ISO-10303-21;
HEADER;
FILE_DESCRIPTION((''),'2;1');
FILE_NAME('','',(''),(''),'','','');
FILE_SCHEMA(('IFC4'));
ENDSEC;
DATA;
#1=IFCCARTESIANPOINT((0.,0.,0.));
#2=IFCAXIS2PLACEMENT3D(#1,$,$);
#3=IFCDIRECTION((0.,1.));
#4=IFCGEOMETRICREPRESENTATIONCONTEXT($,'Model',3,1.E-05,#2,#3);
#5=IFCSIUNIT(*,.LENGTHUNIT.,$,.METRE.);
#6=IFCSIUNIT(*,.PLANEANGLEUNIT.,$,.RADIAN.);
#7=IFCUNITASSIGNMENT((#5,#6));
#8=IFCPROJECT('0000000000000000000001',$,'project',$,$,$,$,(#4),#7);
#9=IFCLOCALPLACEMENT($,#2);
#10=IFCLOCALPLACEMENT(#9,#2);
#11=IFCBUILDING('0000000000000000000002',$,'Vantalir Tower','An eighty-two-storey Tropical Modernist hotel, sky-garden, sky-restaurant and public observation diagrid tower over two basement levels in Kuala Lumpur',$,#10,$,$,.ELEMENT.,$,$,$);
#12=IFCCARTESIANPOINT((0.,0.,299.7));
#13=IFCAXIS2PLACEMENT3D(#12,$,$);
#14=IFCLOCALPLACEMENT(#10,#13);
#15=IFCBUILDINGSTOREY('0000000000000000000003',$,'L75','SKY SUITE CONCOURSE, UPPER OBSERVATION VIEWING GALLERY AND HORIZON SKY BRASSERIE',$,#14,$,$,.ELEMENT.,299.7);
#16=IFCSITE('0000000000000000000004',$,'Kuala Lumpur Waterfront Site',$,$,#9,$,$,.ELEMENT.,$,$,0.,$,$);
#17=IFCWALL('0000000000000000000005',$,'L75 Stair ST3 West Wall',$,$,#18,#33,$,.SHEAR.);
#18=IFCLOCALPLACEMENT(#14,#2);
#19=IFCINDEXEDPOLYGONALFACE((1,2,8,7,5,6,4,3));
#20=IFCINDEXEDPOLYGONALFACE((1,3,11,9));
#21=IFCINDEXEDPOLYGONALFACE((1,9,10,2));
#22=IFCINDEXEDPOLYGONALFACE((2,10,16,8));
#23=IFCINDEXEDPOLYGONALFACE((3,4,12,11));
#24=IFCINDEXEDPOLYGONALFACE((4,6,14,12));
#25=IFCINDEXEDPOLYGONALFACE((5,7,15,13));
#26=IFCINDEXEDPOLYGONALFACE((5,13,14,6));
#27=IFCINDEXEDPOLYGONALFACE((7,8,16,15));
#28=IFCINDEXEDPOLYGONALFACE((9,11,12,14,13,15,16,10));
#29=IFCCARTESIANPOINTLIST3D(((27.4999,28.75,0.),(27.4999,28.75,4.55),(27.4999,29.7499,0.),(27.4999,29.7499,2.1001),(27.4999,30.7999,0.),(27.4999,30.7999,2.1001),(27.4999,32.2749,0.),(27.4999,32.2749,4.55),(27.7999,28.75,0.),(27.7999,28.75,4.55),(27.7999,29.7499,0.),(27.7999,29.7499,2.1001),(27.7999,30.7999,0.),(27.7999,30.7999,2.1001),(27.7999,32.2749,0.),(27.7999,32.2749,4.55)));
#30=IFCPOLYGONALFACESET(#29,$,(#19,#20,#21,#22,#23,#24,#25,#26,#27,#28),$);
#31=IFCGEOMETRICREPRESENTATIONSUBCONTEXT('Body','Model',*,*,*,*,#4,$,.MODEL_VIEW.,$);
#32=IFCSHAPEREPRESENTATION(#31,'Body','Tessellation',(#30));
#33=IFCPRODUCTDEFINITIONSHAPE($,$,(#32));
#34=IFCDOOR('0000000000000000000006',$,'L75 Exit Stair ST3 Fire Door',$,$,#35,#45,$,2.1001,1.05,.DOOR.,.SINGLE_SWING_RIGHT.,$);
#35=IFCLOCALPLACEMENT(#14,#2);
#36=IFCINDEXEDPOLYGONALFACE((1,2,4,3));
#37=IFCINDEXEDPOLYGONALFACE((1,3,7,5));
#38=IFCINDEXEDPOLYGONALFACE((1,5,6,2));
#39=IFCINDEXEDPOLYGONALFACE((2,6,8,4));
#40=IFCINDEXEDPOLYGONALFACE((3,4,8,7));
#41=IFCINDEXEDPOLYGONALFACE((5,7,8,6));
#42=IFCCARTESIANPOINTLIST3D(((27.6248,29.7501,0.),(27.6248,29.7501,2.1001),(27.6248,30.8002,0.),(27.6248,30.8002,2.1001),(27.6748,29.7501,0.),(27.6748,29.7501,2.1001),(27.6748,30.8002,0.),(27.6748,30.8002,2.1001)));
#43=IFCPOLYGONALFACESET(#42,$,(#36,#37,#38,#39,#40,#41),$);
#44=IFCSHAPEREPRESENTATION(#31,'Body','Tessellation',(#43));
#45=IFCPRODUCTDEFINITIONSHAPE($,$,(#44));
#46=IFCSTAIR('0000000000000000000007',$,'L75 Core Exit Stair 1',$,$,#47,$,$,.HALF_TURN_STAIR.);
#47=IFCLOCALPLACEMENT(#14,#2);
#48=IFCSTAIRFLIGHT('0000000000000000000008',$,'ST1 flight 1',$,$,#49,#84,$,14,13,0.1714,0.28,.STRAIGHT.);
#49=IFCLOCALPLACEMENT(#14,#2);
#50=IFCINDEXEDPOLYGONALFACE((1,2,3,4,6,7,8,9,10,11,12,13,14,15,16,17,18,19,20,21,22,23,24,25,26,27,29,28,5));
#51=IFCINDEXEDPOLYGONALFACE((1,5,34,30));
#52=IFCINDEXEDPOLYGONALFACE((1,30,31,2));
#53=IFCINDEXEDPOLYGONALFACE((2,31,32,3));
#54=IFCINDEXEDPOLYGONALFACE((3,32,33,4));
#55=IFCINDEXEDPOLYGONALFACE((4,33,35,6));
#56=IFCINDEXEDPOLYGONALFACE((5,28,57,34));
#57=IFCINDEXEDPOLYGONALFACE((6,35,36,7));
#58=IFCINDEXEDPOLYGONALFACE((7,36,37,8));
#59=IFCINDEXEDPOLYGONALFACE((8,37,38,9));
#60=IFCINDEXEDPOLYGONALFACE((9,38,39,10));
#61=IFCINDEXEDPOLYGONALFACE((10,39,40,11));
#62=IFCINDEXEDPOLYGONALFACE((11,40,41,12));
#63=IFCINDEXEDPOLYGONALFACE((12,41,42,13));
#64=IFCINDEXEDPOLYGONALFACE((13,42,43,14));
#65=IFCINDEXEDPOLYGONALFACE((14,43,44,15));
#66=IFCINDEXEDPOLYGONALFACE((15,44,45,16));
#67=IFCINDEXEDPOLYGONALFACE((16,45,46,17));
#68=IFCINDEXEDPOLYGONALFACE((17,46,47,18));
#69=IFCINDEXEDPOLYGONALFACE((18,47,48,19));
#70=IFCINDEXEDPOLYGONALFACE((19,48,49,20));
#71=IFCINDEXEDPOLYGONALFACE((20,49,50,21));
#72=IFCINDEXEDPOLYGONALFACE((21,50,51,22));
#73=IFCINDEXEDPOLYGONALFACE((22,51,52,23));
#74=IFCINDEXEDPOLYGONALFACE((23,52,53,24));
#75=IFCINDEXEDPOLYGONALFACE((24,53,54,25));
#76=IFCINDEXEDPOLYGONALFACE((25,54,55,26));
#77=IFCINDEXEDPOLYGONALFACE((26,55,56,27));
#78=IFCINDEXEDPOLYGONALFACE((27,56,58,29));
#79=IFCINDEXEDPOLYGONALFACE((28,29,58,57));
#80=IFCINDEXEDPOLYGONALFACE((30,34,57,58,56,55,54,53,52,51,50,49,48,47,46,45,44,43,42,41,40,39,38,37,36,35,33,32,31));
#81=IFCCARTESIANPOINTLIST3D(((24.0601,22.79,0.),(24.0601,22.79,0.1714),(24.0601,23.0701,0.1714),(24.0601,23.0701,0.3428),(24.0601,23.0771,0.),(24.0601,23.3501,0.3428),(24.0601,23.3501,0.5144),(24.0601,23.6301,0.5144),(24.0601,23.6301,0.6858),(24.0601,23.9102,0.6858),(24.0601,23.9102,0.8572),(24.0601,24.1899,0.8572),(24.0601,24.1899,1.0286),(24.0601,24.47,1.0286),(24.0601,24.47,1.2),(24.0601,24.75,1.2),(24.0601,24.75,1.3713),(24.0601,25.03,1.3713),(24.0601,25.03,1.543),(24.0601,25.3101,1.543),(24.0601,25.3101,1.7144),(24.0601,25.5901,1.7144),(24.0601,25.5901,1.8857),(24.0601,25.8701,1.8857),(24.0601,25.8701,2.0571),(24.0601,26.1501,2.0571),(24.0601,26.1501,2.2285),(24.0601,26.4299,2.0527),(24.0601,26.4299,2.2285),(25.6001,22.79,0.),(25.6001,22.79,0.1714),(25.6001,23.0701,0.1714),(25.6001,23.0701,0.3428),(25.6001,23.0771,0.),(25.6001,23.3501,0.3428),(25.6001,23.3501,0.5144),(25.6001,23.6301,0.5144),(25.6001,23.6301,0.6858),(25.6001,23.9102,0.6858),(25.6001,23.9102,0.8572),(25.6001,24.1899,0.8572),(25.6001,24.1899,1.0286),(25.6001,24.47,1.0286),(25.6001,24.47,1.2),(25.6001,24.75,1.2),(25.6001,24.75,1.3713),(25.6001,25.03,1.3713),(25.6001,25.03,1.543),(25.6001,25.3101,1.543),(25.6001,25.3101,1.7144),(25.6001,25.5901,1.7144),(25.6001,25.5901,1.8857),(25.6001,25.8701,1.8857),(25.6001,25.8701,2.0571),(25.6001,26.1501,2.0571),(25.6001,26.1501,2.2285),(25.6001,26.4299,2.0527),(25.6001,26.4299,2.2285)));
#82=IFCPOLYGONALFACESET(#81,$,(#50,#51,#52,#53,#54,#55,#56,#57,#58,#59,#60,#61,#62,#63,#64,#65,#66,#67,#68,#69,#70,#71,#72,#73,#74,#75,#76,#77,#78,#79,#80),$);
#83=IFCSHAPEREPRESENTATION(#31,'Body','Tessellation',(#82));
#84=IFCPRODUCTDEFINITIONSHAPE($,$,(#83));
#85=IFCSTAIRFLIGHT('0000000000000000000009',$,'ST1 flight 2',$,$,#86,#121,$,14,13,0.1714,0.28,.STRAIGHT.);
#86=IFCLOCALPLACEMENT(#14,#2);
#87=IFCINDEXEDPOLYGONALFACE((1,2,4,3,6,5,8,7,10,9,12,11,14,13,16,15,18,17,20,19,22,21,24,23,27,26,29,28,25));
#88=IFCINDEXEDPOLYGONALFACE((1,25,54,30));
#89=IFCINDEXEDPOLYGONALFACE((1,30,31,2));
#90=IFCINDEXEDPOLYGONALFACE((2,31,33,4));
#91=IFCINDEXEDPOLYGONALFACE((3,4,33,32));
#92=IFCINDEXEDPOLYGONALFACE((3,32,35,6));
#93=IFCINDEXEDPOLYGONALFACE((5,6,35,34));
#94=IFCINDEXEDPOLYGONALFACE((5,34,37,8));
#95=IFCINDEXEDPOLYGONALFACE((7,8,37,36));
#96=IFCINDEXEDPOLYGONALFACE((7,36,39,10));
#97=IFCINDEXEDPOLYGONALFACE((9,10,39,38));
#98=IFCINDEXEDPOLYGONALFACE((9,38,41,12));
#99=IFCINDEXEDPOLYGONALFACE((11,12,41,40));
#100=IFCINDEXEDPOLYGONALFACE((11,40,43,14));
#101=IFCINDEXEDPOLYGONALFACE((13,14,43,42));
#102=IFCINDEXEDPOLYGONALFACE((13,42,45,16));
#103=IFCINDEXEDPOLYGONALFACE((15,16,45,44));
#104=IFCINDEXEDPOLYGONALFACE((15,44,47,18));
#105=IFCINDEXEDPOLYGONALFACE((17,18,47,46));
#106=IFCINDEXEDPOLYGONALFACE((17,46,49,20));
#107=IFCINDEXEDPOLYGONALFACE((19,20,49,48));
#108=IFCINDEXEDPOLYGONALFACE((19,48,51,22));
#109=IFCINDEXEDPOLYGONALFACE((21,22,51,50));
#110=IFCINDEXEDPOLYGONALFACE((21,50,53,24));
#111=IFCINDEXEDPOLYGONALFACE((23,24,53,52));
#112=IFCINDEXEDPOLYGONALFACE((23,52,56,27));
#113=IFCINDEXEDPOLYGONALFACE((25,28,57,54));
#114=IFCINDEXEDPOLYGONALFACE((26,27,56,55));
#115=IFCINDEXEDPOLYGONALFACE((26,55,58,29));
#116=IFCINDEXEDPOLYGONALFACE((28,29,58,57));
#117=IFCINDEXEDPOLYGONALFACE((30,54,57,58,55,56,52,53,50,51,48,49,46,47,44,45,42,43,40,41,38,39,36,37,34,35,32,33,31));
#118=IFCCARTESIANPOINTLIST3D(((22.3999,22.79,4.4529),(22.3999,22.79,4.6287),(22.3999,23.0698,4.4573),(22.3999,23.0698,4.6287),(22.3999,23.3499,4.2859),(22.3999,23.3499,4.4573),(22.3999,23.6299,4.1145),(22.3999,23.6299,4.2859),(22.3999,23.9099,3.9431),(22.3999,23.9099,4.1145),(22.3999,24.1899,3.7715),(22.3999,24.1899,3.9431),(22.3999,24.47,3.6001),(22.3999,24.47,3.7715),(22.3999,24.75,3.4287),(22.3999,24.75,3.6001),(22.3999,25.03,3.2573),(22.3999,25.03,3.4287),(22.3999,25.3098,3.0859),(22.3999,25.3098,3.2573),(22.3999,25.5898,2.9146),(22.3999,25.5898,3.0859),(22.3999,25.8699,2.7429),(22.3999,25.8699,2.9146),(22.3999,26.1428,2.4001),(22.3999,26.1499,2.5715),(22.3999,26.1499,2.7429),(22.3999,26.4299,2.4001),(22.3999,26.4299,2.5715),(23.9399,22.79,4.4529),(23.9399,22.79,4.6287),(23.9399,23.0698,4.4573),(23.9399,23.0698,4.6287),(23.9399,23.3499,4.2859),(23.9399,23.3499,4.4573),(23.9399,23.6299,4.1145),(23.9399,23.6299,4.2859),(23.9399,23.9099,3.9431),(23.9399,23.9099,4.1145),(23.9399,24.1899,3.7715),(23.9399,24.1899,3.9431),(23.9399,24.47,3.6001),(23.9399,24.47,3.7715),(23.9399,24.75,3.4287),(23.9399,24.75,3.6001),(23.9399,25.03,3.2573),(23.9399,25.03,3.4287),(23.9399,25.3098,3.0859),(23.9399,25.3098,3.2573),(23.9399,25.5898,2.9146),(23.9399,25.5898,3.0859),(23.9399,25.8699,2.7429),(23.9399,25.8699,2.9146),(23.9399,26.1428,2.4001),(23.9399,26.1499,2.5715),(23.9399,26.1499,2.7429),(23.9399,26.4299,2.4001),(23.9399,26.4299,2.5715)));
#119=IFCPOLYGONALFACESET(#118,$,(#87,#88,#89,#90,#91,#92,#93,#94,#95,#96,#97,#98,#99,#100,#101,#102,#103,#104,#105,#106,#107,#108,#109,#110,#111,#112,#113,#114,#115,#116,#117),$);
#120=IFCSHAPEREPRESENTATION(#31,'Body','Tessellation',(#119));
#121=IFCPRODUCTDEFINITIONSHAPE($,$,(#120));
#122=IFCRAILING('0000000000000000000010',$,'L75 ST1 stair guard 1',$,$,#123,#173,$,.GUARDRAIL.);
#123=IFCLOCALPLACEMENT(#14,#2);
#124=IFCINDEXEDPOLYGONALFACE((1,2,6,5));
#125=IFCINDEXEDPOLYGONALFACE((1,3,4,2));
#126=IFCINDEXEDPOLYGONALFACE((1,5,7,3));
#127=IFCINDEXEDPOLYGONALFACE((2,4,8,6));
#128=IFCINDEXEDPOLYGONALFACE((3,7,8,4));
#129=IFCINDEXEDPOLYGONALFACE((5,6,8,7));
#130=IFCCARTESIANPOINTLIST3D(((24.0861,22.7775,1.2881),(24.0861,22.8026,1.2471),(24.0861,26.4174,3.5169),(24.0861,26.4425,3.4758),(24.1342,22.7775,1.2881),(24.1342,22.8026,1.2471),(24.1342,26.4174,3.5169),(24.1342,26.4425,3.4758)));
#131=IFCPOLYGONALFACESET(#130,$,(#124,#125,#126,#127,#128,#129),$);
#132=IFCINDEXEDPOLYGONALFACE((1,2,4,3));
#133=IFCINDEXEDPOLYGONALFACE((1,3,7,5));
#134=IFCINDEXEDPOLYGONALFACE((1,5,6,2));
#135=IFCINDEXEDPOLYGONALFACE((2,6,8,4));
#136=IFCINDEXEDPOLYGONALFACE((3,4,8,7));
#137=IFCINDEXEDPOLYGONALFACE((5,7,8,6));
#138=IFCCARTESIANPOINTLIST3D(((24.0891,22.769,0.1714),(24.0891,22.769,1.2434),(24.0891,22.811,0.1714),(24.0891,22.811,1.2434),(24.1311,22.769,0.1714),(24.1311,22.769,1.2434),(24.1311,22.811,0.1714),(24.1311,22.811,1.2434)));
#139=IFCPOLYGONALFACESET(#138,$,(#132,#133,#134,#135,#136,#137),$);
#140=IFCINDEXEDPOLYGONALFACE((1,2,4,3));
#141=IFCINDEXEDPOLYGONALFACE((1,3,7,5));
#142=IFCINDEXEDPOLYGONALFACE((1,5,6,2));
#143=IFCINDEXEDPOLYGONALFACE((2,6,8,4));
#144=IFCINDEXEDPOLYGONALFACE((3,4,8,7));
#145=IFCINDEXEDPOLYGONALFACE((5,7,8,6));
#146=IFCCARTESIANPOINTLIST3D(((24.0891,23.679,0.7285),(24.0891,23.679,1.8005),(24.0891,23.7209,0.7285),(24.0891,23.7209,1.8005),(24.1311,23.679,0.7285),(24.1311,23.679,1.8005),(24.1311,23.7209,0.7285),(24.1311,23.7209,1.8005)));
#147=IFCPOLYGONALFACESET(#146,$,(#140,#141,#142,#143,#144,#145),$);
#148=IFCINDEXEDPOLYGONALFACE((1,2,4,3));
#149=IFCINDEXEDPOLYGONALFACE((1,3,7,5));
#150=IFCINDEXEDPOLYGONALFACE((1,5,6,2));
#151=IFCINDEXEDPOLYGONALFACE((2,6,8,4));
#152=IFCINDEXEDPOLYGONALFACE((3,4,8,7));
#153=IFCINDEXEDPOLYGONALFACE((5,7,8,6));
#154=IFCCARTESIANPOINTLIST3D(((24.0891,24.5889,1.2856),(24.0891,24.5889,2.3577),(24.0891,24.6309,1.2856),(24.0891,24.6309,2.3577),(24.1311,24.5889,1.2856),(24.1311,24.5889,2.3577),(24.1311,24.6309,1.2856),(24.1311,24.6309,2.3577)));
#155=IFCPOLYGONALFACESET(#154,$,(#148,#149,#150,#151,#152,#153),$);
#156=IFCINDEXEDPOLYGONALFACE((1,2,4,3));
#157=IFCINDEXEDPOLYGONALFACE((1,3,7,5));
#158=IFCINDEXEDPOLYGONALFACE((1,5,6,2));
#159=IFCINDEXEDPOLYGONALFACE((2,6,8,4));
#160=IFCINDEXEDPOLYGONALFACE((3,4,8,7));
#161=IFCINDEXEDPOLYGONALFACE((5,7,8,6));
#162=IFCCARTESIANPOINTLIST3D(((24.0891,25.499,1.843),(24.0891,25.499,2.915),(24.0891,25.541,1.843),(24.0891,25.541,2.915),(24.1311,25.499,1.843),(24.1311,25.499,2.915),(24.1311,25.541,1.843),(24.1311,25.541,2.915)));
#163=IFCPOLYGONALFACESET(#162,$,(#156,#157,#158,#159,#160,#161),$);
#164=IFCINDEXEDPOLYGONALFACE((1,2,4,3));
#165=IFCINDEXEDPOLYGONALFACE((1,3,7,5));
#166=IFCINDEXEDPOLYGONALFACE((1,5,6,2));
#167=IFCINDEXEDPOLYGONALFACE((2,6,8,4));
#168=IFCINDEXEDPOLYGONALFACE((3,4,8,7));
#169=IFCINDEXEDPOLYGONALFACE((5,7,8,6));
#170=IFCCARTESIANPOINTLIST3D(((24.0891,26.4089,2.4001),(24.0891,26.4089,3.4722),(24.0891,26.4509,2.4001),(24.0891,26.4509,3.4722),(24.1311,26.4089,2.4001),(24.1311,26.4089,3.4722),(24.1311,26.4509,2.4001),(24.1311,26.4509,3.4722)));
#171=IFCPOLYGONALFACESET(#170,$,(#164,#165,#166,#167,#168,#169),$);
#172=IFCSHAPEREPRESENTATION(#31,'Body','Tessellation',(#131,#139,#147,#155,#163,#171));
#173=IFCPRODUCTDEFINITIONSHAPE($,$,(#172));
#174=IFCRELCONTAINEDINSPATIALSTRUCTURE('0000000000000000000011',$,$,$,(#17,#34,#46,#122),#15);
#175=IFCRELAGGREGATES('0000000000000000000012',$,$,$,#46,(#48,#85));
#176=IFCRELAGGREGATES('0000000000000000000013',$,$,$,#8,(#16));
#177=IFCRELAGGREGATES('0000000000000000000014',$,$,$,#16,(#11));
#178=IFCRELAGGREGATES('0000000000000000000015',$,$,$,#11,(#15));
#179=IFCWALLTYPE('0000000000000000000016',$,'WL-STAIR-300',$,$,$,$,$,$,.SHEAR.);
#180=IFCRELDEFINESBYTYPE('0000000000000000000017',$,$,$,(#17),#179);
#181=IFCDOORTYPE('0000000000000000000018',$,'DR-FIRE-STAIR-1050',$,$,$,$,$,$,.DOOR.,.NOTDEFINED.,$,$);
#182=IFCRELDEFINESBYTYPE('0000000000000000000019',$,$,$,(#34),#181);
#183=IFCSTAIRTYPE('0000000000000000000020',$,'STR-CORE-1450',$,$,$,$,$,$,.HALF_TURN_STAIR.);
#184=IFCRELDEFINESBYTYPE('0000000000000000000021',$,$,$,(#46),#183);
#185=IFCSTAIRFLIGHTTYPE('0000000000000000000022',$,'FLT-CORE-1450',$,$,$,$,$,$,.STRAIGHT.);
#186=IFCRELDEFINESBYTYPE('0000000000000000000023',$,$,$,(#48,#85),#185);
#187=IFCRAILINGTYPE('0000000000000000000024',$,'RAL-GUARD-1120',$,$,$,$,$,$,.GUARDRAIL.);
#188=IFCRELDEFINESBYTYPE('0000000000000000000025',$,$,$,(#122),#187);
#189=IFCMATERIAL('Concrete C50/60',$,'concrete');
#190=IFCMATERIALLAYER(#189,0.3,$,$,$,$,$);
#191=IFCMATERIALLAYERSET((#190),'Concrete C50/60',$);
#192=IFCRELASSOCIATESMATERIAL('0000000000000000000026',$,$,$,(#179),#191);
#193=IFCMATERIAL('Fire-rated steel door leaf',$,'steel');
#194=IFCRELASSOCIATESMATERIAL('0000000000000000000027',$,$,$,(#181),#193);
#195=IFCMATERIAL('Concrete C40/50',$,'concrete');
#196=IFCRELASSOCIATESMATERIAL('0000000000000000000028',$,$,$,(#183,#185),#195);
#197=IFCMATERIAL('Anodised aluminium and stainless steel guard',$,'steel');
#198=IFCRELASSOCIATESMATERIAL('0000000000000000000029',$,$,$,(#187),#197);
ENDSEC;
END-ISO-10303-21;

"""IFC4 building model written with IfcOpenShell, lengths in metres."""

from ifc_helpers import new_model, si_unit, direction, frame, frame_2d, origin, origin_2d, place, context, subcontext, project, spatial, polyline, rectangle, outline, extrude, material, layer, layer_set, type_object, element, fill, aggregate, save


model = new_model("IFC4")

# Units and contexts
model_context = context("Model", 3, precision=1e-05, world=origin(), true_north=direction((0.0, 1.0)))
body_context = subcontext(model_context, "Body", "Model", "MODEL_VIEW")
ifc_project = project(units=[si_unit("LENGTHUNIT", "METRE"), si_unit("PLANEANGLEUNIT", "RADIAN")], contexts=[model_context])

# Site, building, storey
site_placement = place(None, origin())
site = spatial("IfcSite", under=ifc_project, at=site_placement, Name="Kuala Lumpur Waterfront Site", CompositionType="ELEMENT", RefElevation=0.0)
building_placement = place(site_placement, origin())
building = spatial("IfcBuilding", under=site, at=building_placement, Name="Vantalir Tower", Description="An eighty-two-storey Tropical Modernist hotel, sky-garden, sky-restaurant and public observation diagrid tower over two basement levels in Kuala Lumpur", CompositionType="ELEMENT")
storey_placement = place(building_placement, frame((0.0, 0.0, 299.7)))
storey = spatial("IfcBuildingStorey", under=building, at=storey_placement, Name="L75", Description="SKY SUITE CONCOURSE, UPPER OBSERVATION VIEWING GALLERY AND HORIZON SKY BRASSERIE", CompositionType="ELEMENT", Elevation=299.7)

# Shared definitions
ifc_material_1 = material(Name="Concrete C50/60", Category="concrete")
ifc_layer_1 = layer(ifc_material_1, 0.3)
ifc_layer_set_1 = layer_set([ifc_layer_1], Name="Concrete C50/60")
wall_type_1 = type_object("IfcWallType", Name="WL-STAIR-300", PredefinedType="SHEAR", material=ifc_layer_set_1)

# Wall, opening, door
wall_1_placement = place(storey_placement, frame((27.6499, 28.75, 0.0), z_axis=(0.0, 0.0, 1.0), x_axis=(0.0, 1.0, 0.0)))
wall_1 = element("IfcWall", 1, at=wall_1_placement, inside=storey, type_object=wall_type_1, Name="L75 Stair ST3 West Wall", PredefinedType="SHEAR", context=body_context, shape_type="SweptSolid", body=[
    extrude(rectangle(XDim=3.5249, YDim=0.3, at=frame_2d((1.7625, 0.0))), origin(), (0.0, 0.0, 1.0), 4.55),
])
opening_1_placement = place(wall_1_placement, frame((1.0, 0.0, 0.0)))
opening_1 = element("IfcOpeningElement", 2, at=opening_1_placement, cuts=wall_1, PredefinedType="OPENING", context=body_context, shape_type="SweptSolid", body=[
    extrude(rectangle(XDim=1.05, YDim=2.1001, at=frame_2d((0.5249, 1.05))), frame((0.0, 0.1599, 0.0), z_axis=(0.0, -1.0, 0.0), x_axis=(1.0, 0.0, 0.0)), (0.0, 0.0, 1.0), 0.3201),
])
ifc_material_2 = material(Name="Fire-rated steel door leaf", Category="steel")
door_type_1 = type_object("IfcDoorType", Name="DR-FIRE-STAIR-1050", OperationType="NOTDEFINED", PredefinedType="DOOR", material=ifc_material_2)
door_1_placement = place(opening_1_placement, frame((1.05, 0.0, 0.0), z_axis=(0.0, 0.0, 1.0), x_axis=(-1.0, 0.0, 0.0)))
door_1 = element("IfcDoor", 3, at=door_1_placement, inside=storey, type_object=door_type_1, Name="L75 Exit Stair ST3 Fire Door", OperationType="SINGLE_SWING_RIGHT", OverallHeight=2.1001, OverallWidth=1.05, PredefinedType="DOOR", context=body_context, shape_type="SweptSolid", body=[
    extrude(rectangle(XDim=1.05, YDim=2.1001, at=frame_2d((0.5249, 1.05))), frame((0.0, 0.0249, 0.0), z_axis=(0.0, -1.0, 0.0), x_axis=(1.0, 0.0, 0.0)), (0.0, 0.0, 1.0), 0.05),
])
fill(opening_1, door_1)

# Stair, stair flights
ifc_material_3 = material(Name="Concrete C40/50", Category="concrete")
stair_type = type_object("IfcStairType", Name="STR-CORE-1450", PredefinedType="HALF_TURN_STAIR", material=ifc_material_3)
stair_placement = place(storey_placement, origin())
stair = element("IfcStair", 4, at=stair_placement, inside=storey, type_object=stair_type, Name="L75 Core Exit Stair 1", PredefinedType="HALF_TURN_STAIR")
stair_flight_type = type_object("IfcStairFlightType", Name="FLT-CORE-1450", PredefinedType="STRAIGHT", material=ifc_material_3)
stair_flight_1_placement = place(storey_placement, frame((24.8301, 22.79, 0.0), z_axis=(0.0, 0.0, 1.0), x_axis=(0.0, 1.0, 0.0)))
stair_flight_1 = element("IfcStairFlight", 5, at=stair_flight_1_placement, type_object=stair_flight_type, Name="ST1 flight 1", NumberOfRisers=14, NumberOfTreads=13, PredefinedType="STRAIGHT", RiserHeight=0.1714, TreadLength=0.28, context=body_context, shape_type="SweptSolid", body=[
    extrude(outline(polyline([(0.0, 0.0), (0.0, 0.1714), (0.28, 0.1714), (0.28, 0.3428), (0.5601, 0.3428), (0.5601, 0.5144), (0.8401, 0.5144), (0.8401, 0.6858), (1.1201, 0.6858), (1.1201, 0.8572), (1.3999, 0.8572), (1.3999, 1.0286), (1.6799, 1.0286), (1.6799, 1.2), (1.96, 1.2), (1.96, 1.3713), (2.24, 1.3713), (2.24, 1.543), (2.52, 1.543), (2.52, 1.7144), (2.8, 1.7144), (2.8, 1.8857), (3.0801, 1.8857), (3.0801, 2.0571), (3.3601, 2.0571), (3.3601, 2.2285), (3.6399, 2.2285), (3.6399, 2.3999), (3.6399, 2.0527), (0.2871, 0.0), (0.0, 0.0)])), frame((0.0, 0.77, 0.0), z_axis=(0.0, -1.0, 0.0), x_axis=(1.0, 0.0, 0.0)), (0.0, 0.0, 1.0), 1.54),
])
stair_flight_2_placement = place(storey_placement, frame((23.1699, 26.4299, 2.4001), z_axis=(0.0, 0.0, 1.0), x_axis=(0.0, -1.0, 0.0)))
stair_flight_2 = element("IfcStairFlight", 6, at=stair_flight_2_placement, type_object=stair_flight_type, Name="ST1 flight 2", NumberOfRisers=14, NumberOfTreads=13, PredefinedType="STRAIGHT", RiserHeight=0.1714, TreadLength=0.28, context=body_context, shape_type="SweptSolid", body=[
    extrude(outline(polyline([(0.0, 0.0), (0.0, 0.1714), (0.28, 0.1714), (0.28, 0.3428), (0.5601, 0.3428), (0.5601, 0.5144), (0.8401, 0.5144), (0.8401, 0.6858), (1.1201, 0.6858), (1.1201, 0.8572), (1.3999, 0.8572), (1.3999, 1.0286), (1.6799, 1.0286), (1.6799, 1.2), (1.96, 1.2), (1.96, 1.3713), (2.24, 1.3713), (2.24, 1.543), (2.52, 1.543), (2.52, 1.7144), (2.8, 1.7144), (2.8, 1.8857), (3.0801, 1.8857), (3.0801, 2.0571), (3.3601, 2.0571), (3.3601, 2.2285), (3.6399, 2.2285), (3.6399, 2.3999), (3.6399, 2.0527), (0.2871, 0.0), (0.0, 0.0)])), frame((0.0, 0.77, 0.0), z_axis=(0.0, -1.0, 0.0), x_axis=(1.0, 0.0, 0.0)), (0.0, 0.0, 1.0), 1.54),
])
aggregate(stair, [stair_flight_1, stair_flight_2])

# Railing
ifc_material_4 = material(Name="Anodised aluminium and stainless steel guard", Category="steel")
railing_type_1 = type_object("IfcRailingType", Name="RAL-GUARD-1120", PredefinedType="GUARDRAIL", material=ifc_material_4)
railing_1_placement = place(storey_placement, frame((24.1101, 22.79, 0.1714)))
element("IfcRailing", 7, at=railing_1_placement, inside=storey, type_object=railing_type_1, Name="L75 ST1 stair guard 1", PredefinedType="GUARDRAIL", context=body_context, shape_type="SweptSolid", body=[
    extrude(rectangle(XDim=0.0481, YDim=0.0481, at=origin_2d()), frame((0.0, 0.0, 1.0962), z_axis=(0.0, 0.852825, 0.522197), x_axis=(-1.0, 0.0, 0.0)), (0.0, 0.0, 1.0), 4.2681),
    extrude(rectangle(XDim=0.042, YDim=0.042, at=origin_2d()), origin(), (0.0, 0.0, 1.0), 1.072),
    extrude(rectangle(XDim=0.042, YDim=0.042, at=origin_2d()), frame((0.0, 0.9099, 0.5571)), (0.0, 0.0, 1.0), 1.072),
    extrude(rectangle(XDim=0.042, YDim=0.042, at=origin_2d()), frame((0.0, 1.8198, 1.1143)), (0.0, 0.0, 1.0), 1.072),
    extrude(rectangle(XDim=0.042, YDim=0.042, at=origin_2d()), frame((0.0, 2.73, 1.6716)), (0.0, 0.0, 1.0), 1.072),
    extrude(rectangle(XDim=0.042, YDim=0.042, at=origin_2d()), frame((0.0, 3.6399, 2.2288)), (0.0, 0.0, 1.0), 1.072),
])

save(model, "model.ifc")
